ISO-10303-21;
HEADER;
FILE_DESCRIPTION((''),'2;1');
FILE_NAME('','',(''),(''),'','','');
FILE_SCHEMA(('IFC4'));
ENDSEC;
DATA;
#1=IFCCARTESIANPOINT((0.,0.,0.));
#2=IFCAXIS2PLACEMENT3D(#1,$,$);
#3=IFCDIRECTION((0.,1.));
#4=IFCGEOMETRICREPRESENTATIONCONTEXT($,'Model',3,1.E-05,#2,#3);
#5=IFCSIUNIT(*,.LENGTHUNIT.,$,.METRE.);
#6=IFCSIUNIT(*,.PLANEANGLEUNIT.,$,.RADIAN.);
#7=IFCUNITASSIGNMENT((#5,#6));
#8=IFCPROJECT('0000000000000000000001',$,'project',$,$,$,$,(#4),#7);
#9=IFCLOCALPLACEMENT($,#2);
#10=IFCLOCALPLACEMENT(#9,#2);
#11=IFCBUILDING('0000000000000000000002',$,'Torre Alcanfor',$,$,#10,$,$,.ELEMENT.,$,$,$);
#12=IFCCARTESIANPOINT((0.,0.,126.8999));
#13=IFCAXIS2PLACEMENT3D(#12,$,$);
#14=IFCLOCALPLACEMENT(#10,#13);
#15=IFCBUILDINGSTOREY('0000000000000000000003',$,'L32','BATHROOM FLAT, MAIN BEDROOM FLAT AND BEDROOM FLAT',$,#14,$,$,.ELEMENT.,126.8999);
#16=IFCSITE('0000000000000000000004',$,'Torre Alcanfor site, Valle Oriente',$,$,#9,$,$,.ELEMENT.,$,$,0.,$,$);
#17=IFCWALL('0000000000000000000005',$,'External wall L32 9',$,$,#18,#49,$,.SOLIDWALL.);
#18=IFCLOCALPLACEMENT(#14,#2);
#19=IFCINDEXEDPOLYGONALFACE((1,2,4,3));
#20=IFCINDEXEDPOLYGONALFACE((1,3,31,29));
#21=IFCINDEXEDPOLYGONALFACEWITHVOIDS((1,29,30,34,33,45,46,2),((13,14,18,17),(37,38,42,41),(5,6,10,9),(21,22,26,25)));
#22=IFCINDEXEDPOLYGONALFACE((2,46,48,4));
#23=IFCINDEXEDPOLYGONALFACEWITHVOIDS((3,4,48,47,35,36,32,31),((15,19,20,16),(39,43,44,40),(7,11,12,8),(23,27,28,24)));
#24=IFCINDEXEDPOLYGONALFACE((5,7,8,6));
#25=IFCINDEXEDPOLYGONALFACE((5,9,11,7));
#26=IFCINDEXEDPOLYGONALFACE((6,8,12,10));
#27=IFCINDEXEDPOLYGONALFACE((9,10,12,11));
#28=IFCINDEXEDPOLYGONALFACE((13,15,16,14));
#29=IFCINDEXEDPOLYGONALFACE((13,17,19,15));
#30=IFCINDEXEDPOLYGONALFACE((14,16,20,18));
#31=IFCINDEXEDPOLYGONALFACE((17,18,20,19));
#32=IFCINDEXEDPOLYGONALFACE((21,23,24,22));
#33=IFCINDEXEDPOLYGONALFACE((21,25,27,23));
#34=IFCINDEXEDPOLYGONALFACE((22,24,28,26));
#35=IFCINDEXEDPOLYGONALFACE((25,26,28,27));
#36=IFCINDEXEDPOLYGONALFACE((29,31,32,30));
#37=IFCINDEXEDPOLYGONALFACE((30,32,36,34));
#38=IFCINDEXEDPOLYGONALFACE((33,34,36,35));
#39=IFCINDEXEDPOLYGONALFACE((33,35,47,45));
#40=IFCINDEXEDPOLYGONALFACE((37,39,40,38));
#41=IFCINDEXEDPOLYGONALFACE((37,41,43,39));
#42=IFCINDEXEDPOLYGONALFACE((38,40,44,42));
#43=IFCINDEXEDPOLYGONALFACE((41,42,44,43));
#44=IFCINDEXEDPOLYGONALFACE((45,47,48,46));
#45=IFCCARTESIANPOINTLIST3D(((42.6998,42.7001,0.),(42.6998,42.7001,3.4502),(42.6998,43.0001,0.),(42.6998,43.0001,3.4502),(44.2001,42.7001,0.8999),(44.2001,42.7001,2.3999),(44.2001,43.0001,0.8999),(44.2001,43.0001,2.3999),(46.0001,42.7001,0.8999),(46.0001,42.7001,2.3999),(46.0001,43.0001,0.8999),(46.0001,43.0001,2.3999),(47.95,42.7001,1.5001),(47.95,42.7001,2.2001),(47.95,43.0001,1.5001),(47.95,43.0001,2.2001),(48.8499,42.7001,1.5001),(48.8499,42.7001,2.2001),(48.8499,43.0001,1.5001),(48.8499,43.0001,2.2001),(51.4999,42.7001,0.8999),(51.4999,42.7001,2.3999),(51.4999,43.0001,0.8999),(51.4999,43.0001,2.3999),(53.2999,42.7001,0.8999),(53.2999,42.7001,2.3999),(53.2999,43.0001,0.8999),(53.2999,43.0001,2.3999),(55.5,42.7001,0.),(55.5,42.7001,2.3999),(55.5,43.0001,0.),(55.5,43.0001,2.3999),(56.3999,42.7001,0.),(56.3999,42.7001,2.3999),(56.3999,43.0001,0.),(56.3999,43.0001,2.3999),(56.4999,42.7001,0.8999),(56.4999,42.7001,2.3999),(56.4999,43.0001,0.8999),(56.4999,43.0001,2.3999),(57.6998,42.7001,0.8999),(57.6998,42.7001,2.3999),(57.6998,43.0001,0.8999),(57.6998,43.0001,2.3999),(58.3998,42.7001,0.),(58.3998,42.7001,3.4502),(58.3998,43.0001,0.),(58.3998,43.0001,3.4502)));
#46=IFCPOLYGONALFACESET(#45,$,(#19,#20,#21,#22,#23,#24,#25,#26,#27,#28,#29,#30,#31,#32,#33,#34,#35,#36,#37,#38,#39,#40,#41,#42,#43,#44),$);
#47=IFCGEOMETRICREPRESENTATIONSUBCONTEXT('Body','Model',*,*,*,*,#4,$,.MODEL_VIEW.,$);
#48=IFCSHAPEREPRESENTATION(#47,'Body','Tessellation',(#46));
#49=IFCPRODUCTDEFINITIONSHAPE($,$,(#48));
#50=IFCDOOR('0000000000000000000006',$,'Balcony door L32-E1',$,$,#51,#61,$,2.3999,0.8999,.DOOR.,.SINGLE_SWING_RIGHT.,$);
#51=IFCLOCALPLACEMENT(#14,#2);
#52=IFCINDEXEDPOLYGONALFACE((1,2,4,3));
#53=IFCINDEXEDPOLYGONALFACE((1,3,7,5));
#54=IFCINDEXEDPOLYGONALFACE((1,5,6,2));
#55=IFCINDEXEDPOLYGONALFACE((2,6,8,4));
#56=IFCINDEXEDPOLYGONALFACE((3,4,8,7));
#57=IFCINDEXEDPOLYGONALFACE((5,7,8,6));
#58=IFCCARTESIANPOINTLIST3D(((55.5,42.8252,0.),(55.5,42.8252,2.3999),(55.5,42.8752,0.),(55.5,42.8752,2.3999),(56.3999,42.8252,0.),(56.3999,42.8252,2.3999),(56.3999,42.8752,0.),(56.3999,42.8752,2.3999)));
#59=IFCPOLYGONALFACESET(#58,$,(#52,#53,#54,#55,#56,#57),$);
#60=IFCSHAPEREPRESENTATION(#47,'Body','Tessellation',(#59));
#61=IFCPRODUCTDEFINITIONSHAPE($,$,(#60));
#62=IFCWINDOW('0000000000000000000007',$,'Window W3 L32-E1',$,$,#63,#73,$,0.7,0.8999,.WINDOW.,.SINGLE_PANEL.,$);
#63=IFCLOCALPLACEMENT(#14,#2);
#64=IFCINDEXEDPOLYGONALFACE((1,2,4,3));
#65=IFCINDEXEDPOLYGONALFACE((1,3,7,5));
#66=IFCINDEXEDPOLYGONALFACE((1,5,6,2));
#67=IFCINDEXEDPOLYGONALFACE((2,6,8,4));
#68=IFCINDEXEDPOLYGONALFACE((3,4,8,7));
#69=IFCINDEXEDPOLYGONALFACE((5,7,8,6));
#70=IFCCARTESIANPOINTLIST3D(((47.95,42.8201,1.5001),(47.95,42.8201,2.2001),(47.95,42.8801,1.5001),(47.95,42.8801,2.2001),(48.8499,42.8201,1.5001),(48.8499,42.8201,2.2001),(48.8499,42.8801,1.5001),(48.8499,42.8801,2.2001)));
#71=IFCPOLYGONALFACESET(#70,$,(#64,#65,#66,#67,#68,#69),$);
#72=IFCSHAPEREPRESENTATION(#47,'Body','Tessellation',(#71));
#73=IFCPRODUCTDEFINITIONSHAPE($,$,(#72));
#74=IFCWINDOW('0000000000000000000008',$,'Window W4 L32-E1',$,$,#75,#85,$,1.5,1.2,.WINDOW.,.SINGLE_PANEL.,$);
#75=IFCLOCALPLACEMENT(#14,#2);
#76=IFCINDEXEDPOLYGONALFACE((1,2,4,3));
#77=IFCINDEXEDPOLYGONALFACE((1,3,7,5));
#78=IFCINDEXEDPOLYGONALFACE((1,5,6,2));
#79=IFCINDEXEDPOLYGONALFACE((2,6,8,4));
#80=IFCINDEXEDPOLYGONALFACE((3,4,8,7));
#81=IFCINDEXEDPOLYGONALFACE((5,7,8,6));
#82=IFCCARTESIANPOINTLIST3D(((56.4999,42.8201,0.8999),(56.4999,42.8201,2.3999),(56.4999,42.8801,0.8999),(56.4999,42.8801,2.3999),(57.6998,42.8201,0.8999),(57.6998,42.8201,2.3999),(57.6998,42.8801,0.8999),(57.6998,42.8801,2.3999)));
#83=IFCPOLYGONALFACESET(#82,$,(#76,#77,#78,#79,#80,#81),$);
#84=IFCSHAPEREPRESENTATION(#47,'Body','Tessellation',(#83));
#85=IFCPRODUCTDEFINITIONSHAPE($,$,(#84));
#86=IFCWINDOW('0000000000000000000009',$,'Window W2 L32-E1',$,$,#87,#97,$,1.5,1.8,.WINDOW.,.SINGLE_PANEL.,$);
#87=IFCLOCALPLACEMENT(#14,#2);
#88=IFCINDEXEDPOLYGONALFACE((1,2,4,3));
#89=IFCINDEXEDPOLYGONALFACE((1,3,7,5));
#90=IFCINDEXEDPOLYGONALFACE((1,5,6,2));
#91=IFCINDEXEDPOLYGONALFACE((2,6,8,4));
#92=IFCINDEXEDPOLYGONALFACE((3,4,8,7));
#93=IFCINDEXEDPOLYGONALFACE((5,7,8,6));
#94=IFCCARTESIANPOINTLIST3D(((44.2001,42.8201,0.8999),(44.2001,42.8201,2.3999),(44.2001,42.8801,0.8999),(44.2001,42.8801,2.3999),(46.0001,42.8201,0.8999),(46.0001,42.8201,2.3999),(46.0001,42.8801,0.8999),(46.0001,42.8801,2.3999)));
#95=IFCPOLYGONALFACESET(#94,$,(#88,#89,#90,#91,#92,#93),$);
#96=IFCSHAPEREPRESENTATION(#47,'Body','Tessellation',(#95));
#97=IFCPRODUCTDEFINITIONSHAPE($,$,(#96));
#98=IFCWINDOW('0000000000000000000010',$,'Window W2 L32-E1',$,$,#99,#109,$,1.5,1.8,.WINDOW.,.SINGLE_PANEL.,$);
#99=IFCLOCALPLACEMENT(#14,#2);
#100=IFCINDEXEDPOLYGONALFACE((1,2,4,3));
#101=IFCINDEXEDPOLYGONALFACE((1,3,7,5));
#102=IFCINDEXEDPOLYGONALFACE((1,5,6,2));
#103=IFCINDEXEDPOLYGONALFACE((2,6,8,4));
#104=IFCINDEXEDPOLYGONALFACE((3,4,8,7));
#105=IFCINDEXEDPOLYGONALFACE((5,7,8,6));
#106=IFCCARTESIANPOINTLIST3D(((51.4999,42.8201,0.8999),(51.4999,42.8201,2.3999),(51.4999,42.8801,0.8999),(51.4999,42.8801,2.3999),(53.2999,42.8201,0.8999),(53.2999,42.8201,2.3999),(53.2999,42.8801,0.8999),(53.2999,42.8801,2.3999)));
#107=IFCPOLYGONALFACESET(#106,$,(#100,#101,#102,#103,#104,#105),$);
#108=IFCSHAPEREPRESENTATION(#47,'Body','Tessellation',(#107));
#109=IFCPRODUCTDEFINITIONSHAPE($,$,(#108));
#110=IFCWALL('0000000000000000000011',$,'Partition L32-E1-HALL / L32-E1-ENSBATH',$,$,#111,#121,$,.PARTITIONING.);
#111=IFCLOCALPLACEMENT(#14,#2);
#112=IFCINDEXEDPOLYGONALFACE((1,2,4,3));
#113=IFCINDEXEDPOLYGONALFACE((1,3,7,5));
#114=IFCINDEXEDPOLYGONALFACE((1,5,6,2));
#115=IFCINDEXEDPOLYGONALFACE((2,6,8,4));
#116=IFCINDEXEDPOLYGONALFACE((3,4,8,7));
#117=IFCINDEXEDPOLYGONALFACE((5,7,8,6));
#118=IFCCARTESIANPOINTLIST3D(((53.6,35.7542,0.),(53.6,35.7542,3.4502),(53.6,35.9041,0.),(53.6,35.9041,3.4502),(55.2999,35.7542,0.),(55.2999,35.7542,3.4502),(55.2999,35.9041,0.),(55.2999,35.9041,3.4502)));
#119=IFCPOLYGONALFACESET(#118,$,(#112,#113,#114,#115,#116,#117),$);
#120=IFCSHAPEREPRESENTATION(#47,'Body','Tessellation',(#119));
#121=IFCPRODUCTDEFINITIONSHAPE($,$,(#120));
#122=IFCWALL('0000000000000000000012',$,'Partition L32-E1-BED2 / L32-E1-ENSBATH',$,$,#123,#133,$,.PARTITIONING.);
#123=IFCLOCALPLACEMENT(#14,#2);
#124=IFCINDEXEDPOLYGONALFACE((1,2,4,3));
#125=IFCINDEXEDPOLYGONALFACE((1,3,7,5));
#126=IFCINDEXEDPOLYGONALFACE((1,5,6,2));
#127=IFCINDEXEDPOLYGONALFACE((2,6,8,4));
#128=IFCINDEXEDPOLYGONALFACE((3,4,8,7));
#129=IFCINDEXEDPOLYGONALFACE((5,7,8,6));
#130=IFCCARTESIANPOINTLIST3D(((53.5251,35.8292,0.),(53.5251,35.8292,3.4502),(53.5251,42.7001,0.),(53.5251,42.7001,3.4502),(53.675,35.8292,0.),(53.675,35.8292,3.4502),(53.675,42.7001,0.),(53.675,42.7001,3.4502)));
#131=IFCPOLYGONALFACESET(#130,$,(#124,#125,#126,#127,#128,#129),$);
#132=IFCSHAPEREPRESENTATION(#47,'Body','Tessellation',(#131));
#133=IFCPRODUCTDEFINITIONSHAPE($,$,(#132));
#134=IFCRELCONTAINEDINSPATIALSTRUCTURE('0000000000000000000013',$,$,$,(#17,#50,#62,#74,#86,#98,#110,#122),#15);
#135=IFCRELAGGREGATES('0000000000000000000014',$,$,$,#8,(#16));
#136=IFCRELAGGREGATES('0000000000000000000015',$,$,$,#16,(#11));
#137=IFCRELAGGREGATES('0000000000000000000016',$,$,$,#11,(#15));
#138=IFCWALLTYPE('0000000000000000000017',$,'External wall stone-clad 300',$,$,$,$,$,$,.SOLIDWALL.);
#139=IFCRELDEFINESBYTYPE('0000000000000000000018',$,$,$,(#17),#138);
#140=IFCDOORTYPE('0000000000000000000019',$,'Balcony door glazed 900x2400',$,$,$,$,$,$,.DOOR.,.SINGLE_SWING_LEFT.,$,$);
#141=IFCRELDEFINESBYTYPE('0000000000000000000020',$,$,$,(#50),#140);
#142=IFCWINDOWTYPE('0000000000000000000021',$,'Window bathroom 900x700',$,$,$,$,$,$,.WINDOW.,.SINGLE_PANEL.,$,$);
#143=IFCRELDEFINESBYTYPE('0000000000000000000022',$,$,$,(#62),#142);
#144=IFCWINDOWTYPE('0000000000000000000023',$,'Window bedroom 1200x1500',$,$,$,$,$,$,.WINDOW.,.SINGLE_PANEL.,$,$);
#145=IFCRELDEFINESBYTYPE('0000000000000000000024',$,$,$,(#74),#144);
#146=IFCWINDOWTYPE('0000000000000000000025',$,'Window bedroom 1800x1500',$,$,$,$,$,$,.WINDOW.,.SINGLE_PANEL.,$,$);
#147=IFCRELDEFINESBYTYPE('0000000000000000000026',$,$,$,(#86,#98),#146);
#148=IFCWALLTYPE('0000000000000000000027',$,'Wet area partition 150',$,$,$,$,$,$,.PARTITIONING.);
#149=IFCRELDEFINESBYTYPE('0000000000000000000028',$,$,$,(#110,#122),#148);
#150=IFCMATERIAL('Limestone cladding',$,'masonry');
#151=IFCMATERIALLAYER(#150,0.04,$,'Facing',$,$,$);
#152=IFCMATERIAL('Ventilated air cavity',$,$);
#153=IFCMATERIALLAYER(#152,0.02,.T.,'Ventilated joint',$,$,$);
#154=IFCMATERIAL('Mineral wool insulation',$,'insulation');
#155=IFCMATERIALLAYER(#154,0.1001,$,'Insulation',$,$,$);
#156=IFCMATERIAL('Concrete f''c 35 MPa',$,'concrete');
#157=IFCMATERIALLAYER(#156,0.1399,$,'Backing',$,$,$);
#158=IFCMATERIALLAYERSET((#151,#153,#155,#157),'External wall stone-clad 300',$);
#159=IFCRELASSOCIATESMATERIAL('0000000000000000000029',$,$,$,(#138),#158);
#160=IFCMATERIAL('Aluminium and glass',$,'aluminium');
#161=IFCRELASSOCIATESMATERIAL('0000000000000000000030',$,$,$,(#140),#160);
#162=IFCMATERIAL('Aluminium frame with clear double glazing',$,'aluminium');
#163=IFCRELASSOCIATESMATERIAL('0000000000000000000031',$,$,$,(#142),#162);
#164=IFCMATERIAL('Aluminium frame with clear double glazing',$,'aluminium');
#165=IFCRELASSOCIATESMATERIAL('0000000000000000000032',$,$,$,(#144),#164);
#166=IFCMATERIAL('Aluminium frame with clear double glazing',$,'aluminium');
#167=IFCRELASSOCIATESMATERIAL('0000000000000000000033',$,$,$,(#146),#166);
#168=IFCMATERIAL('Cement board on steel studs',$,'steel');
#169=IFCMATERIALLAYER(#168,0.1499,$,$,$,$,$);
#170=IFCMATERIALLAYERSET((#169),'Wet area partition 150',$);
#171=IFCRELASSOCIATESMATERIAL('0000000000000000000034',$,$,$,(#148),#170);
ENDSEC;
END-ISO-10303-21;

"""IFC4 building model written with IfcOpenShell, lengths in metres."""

from ifc_helpers import new_model, si_unit, direction, frame, frame_2d, origin, place, context, subcontext, project, spatial, rectangle, extrude, material, layer, layer_set, type_object, element, fill, save


model = new_model("IFC4")

# Units and contexts
model_context = context("Model", 3, precision=1e-05, world=origin(), true_north=direction((0.0, 1.0)))
body_context = subcontext(model_context, "Body", "Model", "MODEL_VIEW")
ifc_project = project(units=[si_unit("LENGTHUNIT", "METRE"), si_unit("PLANEANGLEUNIT", "RADIAN")], contexts=[model_context])

# Site, building, storey
site_placement = place(None, origin())
site = spatial("IfcSite", under=ifc_project, at=site_placement, Name="Torre Alcanfor site, Valle Oriente", CompositionType="ELEMENT", RefElevation=0.0)
building_placement = place(site_placement, origin())
building = spatial("IfcBuilding", under=site, at=building_placement, Name="Torre Alcanfor", CompositionType="ELEMENT")
storey_placement = place(building_placement, frame((0.0, 0.0, 126.8999)))
storey = spatial("IfcBuildingStorey", under=building, at=storey_placement, Name="L32", Description="BATHROOM FLAT, MAIN BEDROOM FLAT AND BEDROOM FLAT", CompositionType="ELEMENT", Elevation=126.8999)

# Wall, openings, door, windows
ifc_material_1 = material(Name="Limestone cladding", Category="masonry")
ifc_layer_1 = layer(ifc_material_1, 0.04, Name="Facing")
ifc_material_2 = material(Name="Ventilated air cavity")
ifc_layer_2 = layer(ifc_material_2, 0.02, ventilated=True, Name="Ventilated joint")
ifc_material_3 = material(Name="Mineral wool insulation", Category="insulation")
ifc_layer_3 = layer(ifc_material_3, 0.1001, Name="Insulation")
ifc_material_4 = material(Name="Concrete f'c 35 MPa", Category="concrete")
ifc_layer_4 = layer(ifc_material_4, 0.1399, Name="Backing")
ifc_layer_set_1 = layer_set([ifc_layer_1, ifc_layer_2, ifc_layer_3, ifc_layer_4], Name="External wall stone-clad 300")
wall_type_1 = type_object("IfcWallType", Name="External wall stone-clad 300", PredefinedType="SOLIDWALL", material=ifc_layer_set_1)
wall_1_placement = place(storey_placement, frame((58.3999, 42.8501, 0.0), z_axis=(0.0, 0.0, 1.0), x_axis=(-1.0, 0.0, 0.0)))
wall_1 = element("IfcWall", 1, at=wall_1_placement, inside=storey, type_object=wall_type_1, Name="External wall L32 9", PredefinedType="SOLIDWALL", context=body_context, shape_type="SweptSolid", body=[
    extrude(rectangle(XDim=15.7, YDim=0.3, at=frame_2d((7.8501, 0.0))), origin(), (0.0, 0.0, 1.0), 3.4502),
])
opening_1_placement = place(wall_1_placement, frame((12.3999, 0.0, 0.8999)))
opening_1 = element("IfcOpeningElement", 2, at=opening_1_placement, cuts=wall_1, PredefinedType="OPENING", context=body_context, shape_type="SweptSolid", body=[
    extrude(rectangle(XDim=1.8, YDim=1.5, at=frame_2d((0.8999, 0.75))), frame((0.0, 0.1599, 0.0), z_axis=(0.0, -1.0, 0.0), x_axis=(1.0, 0.0, 0.0)), (0.0, 0.0, 1.0), 0.3201),
])
opening_2_placement = place(wall_1_placement, frame((9.55, 0.0, 1.5)))
opening_2 = element("IfcOpeningElement", 3, at=opening_2_placement, cuts=wall_1, PredefinedType="OPENING", context=body_context, shape_type="SweptSolid", body=[
    extrude(rectangle(XDim=0.8999, YDim=0.7, at=frame_2d((0.45, 0.3501))), frame((0.0, 0.1599, 0.0), z_axis=(0.0, -1.0, 0.0), x_axis=(1.0, 0.0, 0.0)), (0.0, 0.0, 1.0), 0.3201),
])
opening_3_placement = place(wall_1_placement, frame((5.1001, 0.0, 0.8999)))
opening_3 = element("IfcOpeningElement", 4, at=opening_3_placement, cuts=wall_1, PredefinedType="OPENING", context=body_context, shape_type="SweptSolid", body=[
    extrude(rectangle(XDim=1.8, YDim=1.5, at=frame_2d((0.8999, 0.75))), frame((0.0, 0.1599, 0.0), z_axis=(0.0, -1.0, 0.0), x_axis=(1.0, 0.0, 0.0)), (0.0, 0.0, 1.0), 0.3201),
])
opening_4_placement = place(wall_1_placement, frame((2.0, 0.0, 0.0)))
opening_4 = element("IfcOpeningElement", 5, at=opening_4_placement, cuts=wall_1, PredefinedType="OPENING", context=body_context, shape_type="SweptSolid", body=[
    extrude(rectangle(XDim=0.8999, YDim=2.3999, at=frame_2d((0.45, 1.2))), frame((0.0, 0.1599, 0.0), z_axis=(0.0, -1.0, 0.0), x_axis=(1.0, 0.0, 0.0)), (0.0, 0.0, 1.0), 0.3201),
])
opening_5_placement = place(wall_1_placement, frame((0.7, 0.0, 0.8999)))
opening_5 = element("IfcOpeningElement", 6, at=opening_5_placement, cuts=wall_1, PredefinedType="OPENING", context=body_context, shape_type="SweptSolid", body=[
    extrude(rectangle(XDim=1.2, YDim=1.5, at=frame_2d((0.6001, 0.75))), frame((0.0, 0.1599, 0.0), z_axis=(0.0, -1.0, 0.0), x_axis=(1.0, 0.0, 0.0)), (0.0, 0.0, 1.0), 0.3201),
])
ifc_material_5 = material(Name="Aluminium and glass", Category="aluminium")
door_type_1 = type_object("IfcDoorType", Name="Balcony door glazed 900x2400", OperationType="SINGLE_SWING_LEFT", PredefinedType="DOOR", material=ifc_material_5)
door_1_placement = place(opening_4_placement, origin())
door_1 = element("IfcDoor", 7, at=door_1_placement, inside=storey, type_object=door_type_1, Name="Balcony door L32-E1", OperationType="SINGLE_SWING_RIGHT", OverallHeight=2.3999, OverallWidth=0.8999, PredefinedType="DOOR", context=body_context, shape_type="SweptSolid", body=[
    extrude(rectangle(XDim=0.8999, YDim=2.3999, at=frame_2d((0.45, 1.2))), frame((0.0, 0.0249, 0.0), z_axis=(0.0, -1.0, 0.0), x_axis=(1.0, 0.0, 0.0)), (0.0, 0.0, 1.0), 0.05),
])
fill(opening_4, door_1)
ifc_material_6 = material(Name="Aluminium frame with clear double glazing", Category="aluminium")
window_type_1 = type_object("IfcWindowType", Name="Window bathroom 900x700", PartitioningType="SINGLE_PANEL", PredefinedType="WINDOW", material=ifc_material_6)
window_1_placement = place(opening_2_placement, origin())
window_1 = element("IfcWindow", 8, at=window_1_placement, inside=storey, type_object=window_type_1, Name="Window W3 L32-E1", OverallHeight=0.7, OverallWidth=0.8999, PartitioningType="SINGLE_PANEL", PredefinedType="WINDOW", context=body_context, shape_type="SweptSolid", body=[
    extrude(rectangle(XDim=0.8999, YDim=0.7, at=frame_2d((0.45, 0.3501))), frame((0.0, 0.03, 0.0), z_axis=(0.0, -1.0, 0.0), x_axis=(1.0, 0.0, 0.0)), (0.0, 0.0, 1.0), 0.0601),
])
fill(opening_2, window_1)
ifc_material_7 = material(Name="Aluminium frame with clear double glazing", Category="aluminium")
window_type_2 = type_object("IfcWindowType", Name="Window bedroom 1200x1500", PartitioningType="SINGLE_PANEL", PredefinedType="WINDOW", material=ifc_material_7)
window_2_placement = place(opening_5_placement, origin())
window_2 = element("IfcWindow", 9, at=window_2_placement, inside=storey, type_object=window_type_2, Name="Window W4 L32-E1", OverallHeight=1.5, OverallWidth=1.2, PartitioningType="SINGLE_PANEL", PredefinedType="WINDOW", context=body_context, shape_type="SweptSolid", body=[
    extrude(rectangle(XDim=1.2, YDim=1.5, at=frame_2d((0.6001, 0.75))), frame((0.0, 0.03, 0.0), z_axis=(0.0, -1.0, 0.0), x_axis=(1.0, 0.0, 0.0)), (0.0, 0.0, 1.0), 0.0601),
])
fill(opening_5, window_2)
ifc_material_8 = material(Name="Aluminium frame with clear double glazing", Category="aluminium")
window_type_3 = type_object("IfcWindowType", Name="Window bedroom 1800x1500", PartitioningType="SINGLE_PANEL", PredefinedType="WINDOW", material=ifc_material_8)
window_3_placement = place(opening_1_placement, origin())
window_3 = element("IfcWindow", 10, at=window_3_placement, inside=storey, type_object=window_type_3, Name="Window W2 L32-E1", OverallHeight=1.5, OverallWidth=1.8, PartitioningType="SINGLE_PANEL", PredefinedType="WINDOW", context=body_context, shape_type="SweptSolid", body=[
    extrude(rectangle(XDim=1.8, YDim=1.5, at=frame_2d((0.8999, 0.75))), frame((0.0, 0.03, 0.0), z_axis=(0.0, -1.0, 0.0), x_axis=(1.0, 0.0, 0.0)), (0.0, 0.0, 1.0), 0.0601),
])
fill(opening_1, window_3)
window_4_placement = place(opening_3_placement, origin())
window_4 = element("IfcWindow", 11, at=window_4_placement, inside=storey, type_object=window_type_3, Name="Window W2 L32-E1", OverallHeight=1.5, OverallWidth=1.8, PartitioningType="SINGLE_PANEL", PredefinedType="WINDOW", context=body_context, shape_type="SweptSolid", body=[
    extrude(rectangle(XDim=1.8, YDim=1.5, at=frame_2d((0.8999, 0.75))), frame((0.0, 0.03, 0.0), z_axis=(0.0, -1.0, 0.0), x_axis=(1.0, 0.0, 0.0)), (0.0, 0.0, 1.0), 0.0601),
])
fill(opening_3, window_4)

# Walls
ifc_material_9 = material(Name="Cement board on steel studs", Category="steel")
ifc_layer_5 = layer(ifc_material_9, 0.1499)
ifc_layer_set_2 = layer_set([ifc_layer_5], Name="Wet area partition 150")
wall_type_2 = type_object("IfcWallType", Name="Wet area partition 150", PredefinedType="PARTITIONING", material=ifc_layer_set_2)
wall_2_placement = place(storey_placement, frame((55.3, 35.8291, 0.0), z_axis=(0.0, 0.0, 1.0), x_axis=(-1.0, 0.0, 0.0)))
element("IfcWall", 12, at=wall_2_placement, inside=storey, type_object=wall_type_2, Name="Partition L32-E1-HALL / L32-E1-ENSBATH", PredefinedType="PARTITIONING", context=body_context, shape_type="SweptSolid", body=[
    extrude(rectangle(XDim=1.7, YDim=0.1499, at=frame_2d((0.8501, 0.0))), origin(), (0.0, 0.0, 1.0), 3.4502),
])
wall_3_placement = place(storey_placement, frame((53.6001, 35.8291, 0.0), z_axis=(0.0, 0.0, 1.0), x_axis=(0.0, 1.0, 0.0)))
element("IfcWall", 13, at=wall_3_placement, inside=storey, type_object=wall_type_2, Name="Partition L32-E1-BED2 / L32-E1-ENSBATH", PredefinedType="PARTITIONING", context=body_context, shape_type="SweptSolid", body=[
    extrude(rectangle(XDim=6.8708, YDim=0.1499, at=frame_2d((3.4355, 0.0))), origin(), (0.0, 0.0, 1.0), 3.4502),
])

save(model, "model.ifc")
